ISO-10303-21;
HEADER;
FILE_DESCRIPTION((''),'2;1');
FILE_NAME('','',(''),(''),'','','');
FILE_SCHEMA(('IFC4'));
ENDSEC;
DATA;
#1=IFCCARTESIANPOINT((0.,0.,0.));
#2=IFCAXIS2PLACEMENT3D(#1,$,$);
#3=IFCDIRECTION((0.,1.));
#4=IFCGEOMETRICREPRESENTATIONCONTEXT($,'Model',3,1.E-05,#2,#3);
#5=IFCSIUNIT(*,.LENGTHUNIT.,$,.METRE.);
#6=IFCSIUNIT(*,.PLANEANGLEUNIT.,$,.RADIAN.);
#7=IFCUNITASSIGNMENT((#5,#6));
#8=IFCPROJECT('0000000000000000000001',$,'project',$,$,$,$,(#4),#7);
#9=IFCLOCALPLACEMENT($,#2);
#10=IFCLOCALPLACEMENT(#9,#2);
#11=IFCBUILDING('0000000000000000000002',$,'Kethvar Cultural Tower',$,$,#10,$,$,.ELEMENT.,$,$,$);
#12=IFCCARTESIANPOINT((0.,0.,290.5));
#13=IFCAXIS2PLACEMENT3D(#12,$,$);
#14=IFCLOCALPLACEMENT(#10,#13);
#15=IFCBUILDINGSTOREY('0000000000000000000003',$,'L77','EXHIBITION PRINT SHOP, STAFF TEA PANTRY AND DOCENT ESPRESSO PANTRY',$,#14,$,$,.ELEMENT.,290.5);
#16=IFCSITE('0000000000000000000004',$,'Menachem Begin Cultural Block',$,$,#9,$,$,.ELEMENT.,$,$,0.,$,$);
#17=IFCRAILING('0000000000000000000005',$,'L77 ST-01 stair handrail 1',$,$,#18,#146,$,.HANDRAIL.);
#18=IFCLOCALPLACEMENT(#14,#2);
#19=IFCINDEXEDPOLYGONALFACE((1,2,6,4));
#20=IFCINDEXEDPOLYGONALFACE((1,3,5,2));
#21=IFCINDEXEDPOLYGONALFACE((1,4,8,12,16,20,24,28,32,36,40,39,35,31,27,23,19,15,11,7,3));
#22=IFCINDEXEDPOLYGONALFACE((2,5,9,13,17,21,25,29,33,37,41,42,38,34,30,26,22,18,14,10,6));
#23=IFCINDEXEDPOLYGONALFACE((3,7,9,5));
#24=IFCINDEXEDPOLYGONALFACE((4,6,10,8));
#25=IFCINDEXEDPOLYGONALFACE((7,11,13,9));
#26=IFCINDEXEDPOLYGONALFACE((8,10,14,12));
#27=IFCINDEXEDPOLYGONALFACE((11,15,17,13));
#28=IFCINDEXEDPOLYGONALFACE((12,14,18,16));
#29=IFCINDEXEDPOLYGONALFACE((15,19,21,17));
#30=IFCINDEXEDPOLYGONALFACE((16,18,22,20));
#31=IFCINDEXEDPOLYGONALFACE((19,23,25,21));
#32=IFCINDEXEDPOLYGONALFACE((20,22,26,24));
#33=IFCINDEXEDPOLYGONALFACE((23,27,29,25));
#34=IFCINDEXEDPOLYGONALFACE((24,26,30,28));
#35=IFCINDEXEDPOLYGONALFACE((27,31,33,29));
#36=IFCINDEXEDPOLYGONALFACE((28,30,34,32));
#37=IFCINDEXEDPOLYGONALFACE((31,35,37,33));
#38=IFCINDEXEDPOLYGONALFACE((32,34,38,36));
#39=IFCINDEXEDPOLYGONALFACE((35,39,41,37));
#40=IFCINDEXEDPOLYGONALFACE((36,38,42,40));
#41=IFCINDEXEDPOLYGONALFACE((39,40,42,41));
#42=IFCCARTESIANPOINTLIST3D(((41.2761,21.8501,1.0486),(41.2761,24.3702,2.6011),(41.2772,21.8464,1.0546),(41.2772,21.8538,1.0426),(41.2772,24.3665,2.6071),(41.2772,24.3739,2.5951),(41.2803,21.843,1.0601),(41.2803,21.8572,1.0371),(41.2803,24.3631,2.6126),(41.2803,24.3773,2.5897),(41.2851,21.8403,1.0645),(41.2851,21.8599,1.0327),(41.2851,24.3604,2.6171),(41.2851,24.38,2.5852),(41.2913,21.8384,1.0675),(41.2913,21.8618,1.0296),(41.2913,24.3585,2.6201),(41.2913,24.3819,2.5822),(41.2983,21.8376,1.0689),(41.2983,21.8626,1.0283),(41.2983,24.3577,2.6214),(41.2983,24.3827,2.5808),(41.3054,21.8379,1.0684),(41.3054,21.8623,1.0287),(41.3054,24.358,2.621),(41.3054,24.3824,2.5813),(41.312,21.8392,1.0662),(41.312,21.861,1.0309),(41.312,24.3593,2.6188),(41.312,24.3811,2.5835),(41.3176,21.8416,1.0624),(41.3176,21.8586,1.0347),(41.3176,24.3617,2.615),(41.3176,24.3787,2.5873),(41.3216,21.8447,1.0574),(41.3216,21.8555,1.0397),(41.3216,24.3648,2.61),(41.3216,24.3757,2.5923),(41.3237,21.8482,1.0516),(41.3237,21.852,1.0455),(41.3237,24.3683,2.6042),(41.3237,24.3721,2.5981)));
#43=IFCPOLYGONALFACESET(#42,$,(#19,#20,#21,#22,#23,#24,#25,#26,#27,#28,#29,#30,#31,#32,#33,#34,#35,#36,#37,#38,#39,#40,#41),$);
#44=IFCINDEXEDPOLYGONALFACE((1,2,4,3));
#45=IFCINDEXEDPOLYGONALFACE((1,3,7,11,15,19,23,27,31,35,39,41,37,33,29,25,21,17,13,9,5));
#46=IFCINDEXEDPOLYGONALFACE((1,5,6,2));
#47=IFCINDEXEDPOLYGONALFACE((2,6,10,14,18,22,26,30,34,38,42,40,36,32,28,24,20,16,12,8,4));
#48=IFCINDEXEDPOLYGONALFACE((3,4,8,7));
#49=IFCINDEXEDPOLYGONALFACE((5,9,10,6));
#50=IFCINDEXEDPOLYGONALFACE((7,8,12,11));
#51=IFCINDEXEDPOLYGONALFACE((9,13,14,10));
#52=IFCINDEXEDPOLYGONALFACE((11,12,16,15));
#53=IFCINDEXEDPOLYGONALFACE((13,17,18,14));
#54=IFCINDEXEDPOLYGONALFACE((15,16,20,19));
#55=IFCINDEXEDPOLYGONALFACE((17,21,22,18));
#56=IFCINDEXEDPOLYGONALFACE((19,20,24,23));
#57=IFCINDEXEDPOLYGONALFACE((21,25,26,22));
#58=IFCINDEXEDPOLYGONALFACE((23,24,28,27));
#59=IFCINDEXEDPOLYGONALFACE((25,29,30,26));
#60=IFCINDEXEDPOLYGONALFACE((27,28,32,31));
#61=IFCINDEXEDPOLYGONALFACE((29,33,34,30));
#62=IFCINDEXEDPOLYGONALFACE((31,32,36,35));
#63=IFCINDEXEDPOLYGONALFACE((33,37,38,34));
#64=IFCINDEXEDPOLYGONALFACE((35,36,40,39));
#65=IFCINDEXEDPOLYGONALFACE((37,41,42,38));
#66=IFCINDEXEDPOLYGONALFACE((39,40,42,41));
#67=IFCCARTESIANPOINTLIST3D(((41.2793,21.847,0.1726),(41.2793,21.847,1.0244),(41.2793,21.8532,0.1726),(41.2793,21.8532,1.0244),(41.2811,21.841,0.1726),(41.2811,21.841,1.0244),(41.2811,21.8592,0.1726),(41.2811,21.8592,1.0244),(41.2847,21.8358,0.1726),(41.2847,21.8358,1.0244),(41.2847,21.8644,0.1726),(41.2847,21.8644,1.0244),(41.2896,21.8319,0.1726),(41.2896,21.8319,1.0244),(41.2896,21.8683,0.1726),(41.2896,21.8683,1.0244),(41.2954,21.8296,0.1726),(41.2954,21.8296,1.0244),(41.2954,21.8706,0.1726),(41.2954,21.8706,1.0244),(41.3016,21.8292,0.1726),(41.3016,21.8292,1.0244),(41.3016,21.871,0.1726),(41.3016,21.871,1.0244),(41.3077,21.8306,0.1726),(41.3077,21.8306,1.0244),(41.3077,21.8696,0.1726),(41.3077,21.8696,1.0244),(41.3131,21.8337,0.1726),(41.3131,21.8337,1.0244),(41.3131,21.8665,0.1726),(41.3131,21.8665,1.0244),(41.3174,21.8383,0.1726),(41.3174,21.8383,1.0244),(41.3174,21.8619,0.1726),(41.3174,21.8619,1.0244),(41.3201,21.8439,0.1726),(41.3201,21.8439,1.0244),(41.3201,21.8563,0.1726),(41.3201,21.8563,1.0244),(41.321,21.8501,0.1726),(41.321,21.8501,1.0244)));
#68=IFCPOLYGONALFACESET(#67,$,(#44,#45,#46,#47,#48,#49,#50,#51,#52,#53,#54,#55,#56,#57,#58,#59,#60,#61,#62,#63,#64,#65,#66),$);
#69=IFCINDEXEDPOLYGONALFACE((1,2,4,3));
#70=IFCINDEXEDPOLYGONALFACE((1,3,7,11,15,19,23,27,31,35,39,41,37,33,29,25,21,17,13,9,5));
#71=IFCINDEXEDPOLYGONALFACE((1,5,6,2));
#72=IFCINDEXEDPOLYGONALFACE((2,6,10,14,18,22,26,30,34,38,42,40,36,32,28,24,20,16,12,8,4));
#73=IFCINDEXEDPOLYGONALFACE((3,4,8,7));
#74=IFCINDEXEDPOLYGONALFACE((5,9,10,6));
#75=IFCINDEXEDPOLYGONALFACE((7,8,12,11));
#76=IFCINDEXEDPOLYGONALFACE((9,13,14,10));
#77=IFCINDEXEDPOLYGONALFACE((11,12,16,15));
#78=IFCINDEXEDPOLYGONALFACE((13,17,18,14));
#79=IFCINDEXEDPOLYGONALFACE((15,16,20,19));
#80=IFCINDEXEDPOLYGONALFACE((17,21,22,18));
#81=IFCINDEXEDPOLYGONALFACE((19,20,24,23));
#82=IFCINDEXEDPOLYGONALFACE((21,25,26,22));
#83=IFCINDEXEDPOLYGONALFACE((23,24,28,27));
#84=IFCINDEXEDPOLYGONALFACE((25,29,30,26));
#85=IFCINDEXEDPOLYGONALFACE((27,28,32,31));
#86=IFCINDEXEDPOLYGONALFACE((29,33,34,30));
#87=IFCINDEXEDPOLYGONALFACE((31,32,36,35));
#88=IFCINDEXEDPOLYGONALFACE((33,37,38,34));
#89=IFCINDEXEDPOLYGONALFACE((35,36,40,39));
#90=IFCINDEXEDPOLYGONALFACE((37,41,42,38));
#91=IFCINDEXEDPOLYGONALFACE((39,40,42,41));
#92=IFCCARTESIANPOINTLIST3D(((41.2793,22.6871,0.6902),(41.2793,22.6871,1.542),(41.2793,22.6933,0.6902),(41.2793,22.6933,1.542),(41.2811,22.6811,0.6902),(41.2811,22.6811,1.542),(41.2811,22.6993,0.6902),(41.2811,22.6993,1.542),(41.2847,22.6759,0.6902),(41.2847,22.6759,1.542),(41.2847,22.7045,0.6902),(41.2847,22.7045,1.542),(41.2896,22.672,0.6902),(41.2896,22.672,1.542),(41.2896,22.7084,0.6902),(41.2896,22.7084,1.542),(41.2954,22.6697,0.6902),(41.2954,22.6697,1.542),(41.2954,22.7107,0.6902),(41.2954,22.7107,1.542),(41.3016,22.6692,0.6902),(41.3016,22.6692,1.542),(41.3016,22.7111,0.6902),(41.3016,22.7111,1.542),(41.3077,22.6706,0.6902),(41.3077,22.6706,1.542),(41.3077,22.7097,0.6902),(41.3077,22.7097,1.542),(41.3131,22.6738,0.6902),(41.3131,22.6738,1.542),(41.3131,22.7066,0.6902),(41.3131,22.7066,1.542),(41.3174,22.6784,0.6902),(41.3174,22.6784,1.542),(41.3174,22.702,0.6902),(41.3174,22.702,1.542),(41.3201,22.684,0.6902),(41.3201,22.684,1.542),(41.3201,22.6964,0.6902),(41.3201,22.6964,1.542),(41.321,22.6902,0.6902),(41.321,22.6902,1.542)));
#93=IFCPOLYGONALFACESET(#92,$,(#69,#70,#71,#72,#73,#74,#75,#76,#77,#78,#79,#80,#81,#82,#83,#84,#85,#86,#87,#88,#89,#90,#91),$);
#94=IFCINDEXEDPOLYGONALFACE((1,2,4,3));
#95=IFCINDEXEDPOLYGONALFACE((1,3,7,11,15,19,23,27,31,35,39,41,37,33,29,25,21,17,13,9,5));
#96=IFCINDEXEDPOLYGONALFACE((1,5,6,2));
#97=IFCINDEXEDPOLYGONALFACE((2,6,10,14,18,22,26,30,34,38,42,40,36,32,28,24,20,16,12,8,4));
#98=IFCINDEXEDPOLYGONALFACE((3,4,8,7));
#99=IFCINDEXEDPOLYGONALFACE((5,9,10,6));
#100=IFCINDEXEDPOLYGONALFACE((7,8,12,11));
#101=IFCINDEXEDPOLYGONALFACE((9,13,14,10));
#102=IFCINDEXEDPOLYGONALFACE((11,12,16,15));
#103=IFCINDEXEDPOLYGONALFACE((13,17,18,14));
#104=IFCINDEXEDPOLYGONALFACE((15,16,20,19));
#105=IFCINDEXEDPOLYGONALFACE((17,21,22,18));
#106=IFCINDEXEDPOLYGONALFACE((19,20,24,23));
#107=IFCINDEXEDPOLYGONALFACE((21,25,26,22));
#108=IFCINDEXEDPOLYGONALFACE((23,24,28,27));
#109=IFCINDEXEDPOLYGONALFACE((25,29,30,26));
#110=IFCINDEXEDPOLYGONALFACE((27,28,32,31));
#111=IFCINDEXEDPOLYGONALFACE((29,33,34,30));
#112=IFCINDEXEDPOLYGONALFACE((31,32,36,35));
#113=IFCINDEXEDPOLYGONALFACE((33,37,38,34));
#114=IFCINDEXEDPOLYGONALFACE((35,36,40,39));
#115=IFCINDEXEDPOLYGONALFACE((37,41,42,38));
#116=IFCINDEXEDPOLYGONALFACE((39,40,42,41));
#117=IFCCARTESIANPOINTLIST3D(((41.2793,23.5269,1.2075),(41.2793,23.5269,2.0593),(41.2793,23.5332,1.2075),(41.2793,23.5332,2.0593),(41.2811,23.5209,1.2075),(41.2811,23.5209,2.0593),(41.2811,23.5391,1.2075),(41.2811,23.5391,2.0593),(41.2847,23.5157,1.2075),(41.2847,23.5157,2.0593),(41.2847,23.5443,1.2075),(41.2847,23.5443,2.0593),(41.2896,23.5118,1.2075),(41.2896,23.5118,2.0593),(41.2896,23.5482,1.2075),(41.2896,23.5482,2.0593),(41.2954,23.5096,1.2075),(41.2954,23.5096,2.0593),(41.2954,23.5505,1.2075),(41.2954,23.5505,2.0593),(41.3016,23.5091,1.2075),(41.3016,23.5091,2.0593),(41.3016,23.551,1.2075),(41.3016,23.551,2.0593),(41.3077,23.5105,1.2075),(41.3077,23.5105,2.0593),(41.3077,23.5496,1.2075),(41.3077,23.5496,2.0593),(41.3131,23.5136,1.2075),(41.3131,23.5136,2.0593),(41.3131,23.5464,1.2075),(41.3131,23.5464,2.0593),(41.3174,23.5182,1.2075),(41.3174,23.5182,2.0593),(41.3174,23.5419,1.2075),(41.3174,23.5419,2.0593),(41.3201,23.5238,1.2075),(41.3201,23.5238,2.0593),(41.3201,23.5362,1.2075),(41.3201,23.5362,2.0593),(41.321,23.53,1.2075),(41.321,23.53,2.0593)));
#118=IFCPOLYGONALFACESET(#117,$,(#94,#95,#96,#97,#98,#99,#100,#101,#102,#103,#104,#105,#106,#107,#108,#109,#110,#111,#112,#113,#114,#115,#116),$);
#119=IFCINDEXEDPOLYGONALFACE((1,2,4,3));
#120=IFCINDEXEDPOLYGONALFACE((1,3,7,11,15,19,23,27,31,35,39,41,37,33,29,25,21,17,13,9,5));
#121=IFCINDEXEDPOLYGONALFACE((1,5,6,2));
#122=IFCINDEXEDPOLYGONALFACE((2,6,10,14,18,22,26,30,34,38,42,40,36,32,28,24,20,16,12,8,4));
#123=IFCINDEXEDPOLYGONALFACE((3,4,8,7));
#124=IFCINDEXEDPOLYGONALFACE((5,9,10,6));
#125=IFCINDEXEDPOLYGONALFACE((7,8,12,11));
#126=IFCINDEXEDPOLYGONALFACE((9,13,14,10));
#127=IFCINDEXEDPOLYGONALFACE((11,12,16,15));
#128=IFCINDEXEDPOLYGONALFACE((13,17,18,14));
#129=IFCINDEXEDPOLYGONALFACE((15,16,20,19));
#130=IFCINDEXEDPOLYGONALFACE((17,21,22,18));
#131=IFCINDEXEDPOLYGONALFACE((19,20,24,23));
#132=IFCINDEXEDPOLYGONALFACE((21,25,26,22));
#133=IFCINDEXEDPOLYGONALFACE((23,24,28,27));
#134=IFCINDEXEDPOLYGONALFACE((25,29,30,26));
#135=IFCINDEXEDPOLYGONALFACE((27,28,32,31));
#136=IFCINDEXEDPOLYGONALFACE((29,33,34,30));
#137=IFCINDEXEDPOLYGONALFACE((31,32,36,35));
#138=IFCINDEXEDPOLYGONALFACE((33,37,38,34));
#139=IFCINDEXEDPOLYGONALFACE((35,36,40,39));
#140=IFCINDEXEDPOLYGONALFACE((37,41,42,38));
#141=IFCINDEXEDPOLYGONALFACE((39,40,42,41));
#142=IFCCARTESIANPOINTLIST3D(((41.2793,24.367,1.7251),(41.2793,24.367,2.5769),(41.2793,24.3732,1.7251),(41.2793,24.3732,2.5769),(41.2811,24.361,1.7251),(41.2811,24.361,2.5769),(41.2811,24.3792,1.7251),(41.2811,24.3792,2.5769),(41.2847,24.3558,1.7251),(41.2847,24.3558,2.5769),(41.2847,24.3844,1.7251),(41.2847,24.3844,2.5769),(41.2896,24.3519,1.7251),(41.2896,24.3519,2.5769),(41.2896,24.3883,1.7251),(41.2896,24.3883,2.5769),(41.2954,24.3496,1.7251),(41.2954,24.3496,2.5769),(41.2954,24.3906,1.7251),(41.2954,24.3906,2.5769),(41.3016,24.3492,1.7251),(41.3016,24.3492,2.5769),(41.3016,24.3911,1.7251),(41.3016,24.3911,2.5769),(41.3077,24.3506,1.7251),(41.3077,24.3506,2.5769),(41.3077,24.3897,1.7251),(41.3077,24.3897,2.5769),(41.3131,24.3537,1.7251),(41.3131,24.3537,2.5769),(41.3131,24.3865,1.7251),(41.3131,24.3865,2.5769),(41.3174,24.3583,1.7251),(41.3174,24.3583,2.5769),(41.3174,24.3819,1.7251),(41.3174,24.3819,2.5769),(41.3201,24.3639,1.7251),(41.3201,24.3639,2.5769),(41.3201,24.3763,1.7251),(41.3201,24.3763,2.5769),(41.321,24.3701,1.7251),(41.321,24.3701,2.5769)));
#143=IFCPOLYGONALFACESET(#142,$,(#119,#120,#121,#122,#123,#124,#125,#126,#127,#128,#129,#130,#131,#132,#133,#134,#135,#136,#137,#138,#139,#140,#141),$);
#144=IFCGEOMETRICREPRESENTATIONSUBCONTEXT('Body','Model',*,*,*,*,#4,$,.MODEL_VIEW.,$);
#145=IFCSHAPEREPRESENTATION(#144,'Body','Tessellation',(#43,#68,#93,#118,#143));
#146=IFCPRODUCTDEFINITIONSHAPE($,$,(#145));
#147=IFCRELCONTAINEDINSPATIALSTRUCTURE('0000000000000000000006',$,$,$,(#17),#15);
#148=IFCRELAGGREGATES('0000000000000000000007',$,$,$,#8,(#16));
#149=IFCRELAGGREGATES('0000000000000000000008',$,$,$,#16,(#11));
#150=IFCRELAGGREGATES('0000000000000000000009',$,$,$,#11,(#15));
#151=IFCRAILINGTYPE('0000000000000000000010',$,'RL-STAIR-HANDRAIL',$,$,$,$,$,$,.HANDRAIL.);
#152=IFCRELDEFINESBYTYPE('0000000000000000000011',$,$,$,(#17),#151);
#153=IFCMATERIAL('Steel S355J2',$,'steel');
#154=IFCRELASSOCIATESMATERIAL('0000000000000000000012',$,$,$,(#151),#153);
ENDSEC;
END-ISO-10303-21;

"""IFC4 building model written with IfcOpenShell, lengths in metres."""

from ifc_helpers import new_model, si_unit, direction, frame, origin, origin_2d, place, context, subcontext, project, spatial, circle, extrude, material, type_object, element, save


model = new_model("IFC4")

# Units and contexts
model_context = context("Model", 3, precision=1e-05, world=origin(), true_north=direction((0.0, 1.0)))
body_context = subcontext(model_context, "Body", "Model", "MODEL_VIEW")
ifc_project = project(units=[si_unit("LENGTHUNIT", "METRE"), si_unit("PLANEANGLEUNIT", "RADIAN")], contexts=[model_context])

# Site, building, storey
site_placement = place(None, origin())
site = spatial("IfcSite", under=ifc_project, at=site_placement, Name="Menachem Begin Cultural Block", CompositionType="ELEMENT", RefElevation=0.0)
building_placement = place(site_placement, origin())
building = spatial("IfcBuilding", under=site, at=building_placement, Name="Kethvar Cultural Tower", CompositionType="ELEMENT")
storey_placement = place(building_placement, frame((0.0, 0.0, 290.5)))
storey = spatial("IfcBuildingStorey", under=building, at=storey_placement, Name="L77", Description="EXHIBITION PRINT SHOP, STAFF TEA PANTRY AND DOCENT ESPRESSO PANTRY", CompositionType="ELEMENT", Elevation=290.5)

# Shared definitions
ifc_material_1 = material(Name="Steel S355J2", Category="steel")

# Railing
railing_type_1 = type_object("IfcRailingType", Name="RL-STAIR-HANDRAIL", PredefinedType="HANDRAIL", material=ifc_material_1)
railing_1_placement = place(storey_placement, frame((41.3, 21.8501, 0.1726)))
element("IfcRailing", 1, at=railing_1_placement, inside=storey, type_object=railing_type_1, Name="L77 ST-01 stair handrail 1", PredefinedType="HANDRAIL", context=body_context, shape_type="SweptSolid", body=[
    extrude(circle(Radius=0.0239, at=origin_2d()), frame((0.0, 0.0, 0.876), z_axis=(0.0, 0.8514, 0.524516), x_axis=(-1.0, 0.0, 0.0)), (0.0, 0.0, 1.0), 2.96),
    extrude(circle(Radius=0.021, at=origin_2d()), origin(), (0.0, 0.0, 1.0), 0.8518),
    extrude(circle(Radius=0.021, at=origin_2d()), frame((0.0, 0.8401, 0.5176)), (0.0, 0.0, 1.0), 0.8518),
    extrude(circle(Radius=0.021, at=origin_2d()), frame((0.0, 1.6799, 1.0349)), (0.0, 0.0, 1.0), 0.8518),
    extrude(circle(Radius=0.021, at=origin_2d()), frame((0.0, 2.52, 1.5525)), (0.0, 0.0, 1.0), 0.8518),
])

save(model, "model.ifc")
